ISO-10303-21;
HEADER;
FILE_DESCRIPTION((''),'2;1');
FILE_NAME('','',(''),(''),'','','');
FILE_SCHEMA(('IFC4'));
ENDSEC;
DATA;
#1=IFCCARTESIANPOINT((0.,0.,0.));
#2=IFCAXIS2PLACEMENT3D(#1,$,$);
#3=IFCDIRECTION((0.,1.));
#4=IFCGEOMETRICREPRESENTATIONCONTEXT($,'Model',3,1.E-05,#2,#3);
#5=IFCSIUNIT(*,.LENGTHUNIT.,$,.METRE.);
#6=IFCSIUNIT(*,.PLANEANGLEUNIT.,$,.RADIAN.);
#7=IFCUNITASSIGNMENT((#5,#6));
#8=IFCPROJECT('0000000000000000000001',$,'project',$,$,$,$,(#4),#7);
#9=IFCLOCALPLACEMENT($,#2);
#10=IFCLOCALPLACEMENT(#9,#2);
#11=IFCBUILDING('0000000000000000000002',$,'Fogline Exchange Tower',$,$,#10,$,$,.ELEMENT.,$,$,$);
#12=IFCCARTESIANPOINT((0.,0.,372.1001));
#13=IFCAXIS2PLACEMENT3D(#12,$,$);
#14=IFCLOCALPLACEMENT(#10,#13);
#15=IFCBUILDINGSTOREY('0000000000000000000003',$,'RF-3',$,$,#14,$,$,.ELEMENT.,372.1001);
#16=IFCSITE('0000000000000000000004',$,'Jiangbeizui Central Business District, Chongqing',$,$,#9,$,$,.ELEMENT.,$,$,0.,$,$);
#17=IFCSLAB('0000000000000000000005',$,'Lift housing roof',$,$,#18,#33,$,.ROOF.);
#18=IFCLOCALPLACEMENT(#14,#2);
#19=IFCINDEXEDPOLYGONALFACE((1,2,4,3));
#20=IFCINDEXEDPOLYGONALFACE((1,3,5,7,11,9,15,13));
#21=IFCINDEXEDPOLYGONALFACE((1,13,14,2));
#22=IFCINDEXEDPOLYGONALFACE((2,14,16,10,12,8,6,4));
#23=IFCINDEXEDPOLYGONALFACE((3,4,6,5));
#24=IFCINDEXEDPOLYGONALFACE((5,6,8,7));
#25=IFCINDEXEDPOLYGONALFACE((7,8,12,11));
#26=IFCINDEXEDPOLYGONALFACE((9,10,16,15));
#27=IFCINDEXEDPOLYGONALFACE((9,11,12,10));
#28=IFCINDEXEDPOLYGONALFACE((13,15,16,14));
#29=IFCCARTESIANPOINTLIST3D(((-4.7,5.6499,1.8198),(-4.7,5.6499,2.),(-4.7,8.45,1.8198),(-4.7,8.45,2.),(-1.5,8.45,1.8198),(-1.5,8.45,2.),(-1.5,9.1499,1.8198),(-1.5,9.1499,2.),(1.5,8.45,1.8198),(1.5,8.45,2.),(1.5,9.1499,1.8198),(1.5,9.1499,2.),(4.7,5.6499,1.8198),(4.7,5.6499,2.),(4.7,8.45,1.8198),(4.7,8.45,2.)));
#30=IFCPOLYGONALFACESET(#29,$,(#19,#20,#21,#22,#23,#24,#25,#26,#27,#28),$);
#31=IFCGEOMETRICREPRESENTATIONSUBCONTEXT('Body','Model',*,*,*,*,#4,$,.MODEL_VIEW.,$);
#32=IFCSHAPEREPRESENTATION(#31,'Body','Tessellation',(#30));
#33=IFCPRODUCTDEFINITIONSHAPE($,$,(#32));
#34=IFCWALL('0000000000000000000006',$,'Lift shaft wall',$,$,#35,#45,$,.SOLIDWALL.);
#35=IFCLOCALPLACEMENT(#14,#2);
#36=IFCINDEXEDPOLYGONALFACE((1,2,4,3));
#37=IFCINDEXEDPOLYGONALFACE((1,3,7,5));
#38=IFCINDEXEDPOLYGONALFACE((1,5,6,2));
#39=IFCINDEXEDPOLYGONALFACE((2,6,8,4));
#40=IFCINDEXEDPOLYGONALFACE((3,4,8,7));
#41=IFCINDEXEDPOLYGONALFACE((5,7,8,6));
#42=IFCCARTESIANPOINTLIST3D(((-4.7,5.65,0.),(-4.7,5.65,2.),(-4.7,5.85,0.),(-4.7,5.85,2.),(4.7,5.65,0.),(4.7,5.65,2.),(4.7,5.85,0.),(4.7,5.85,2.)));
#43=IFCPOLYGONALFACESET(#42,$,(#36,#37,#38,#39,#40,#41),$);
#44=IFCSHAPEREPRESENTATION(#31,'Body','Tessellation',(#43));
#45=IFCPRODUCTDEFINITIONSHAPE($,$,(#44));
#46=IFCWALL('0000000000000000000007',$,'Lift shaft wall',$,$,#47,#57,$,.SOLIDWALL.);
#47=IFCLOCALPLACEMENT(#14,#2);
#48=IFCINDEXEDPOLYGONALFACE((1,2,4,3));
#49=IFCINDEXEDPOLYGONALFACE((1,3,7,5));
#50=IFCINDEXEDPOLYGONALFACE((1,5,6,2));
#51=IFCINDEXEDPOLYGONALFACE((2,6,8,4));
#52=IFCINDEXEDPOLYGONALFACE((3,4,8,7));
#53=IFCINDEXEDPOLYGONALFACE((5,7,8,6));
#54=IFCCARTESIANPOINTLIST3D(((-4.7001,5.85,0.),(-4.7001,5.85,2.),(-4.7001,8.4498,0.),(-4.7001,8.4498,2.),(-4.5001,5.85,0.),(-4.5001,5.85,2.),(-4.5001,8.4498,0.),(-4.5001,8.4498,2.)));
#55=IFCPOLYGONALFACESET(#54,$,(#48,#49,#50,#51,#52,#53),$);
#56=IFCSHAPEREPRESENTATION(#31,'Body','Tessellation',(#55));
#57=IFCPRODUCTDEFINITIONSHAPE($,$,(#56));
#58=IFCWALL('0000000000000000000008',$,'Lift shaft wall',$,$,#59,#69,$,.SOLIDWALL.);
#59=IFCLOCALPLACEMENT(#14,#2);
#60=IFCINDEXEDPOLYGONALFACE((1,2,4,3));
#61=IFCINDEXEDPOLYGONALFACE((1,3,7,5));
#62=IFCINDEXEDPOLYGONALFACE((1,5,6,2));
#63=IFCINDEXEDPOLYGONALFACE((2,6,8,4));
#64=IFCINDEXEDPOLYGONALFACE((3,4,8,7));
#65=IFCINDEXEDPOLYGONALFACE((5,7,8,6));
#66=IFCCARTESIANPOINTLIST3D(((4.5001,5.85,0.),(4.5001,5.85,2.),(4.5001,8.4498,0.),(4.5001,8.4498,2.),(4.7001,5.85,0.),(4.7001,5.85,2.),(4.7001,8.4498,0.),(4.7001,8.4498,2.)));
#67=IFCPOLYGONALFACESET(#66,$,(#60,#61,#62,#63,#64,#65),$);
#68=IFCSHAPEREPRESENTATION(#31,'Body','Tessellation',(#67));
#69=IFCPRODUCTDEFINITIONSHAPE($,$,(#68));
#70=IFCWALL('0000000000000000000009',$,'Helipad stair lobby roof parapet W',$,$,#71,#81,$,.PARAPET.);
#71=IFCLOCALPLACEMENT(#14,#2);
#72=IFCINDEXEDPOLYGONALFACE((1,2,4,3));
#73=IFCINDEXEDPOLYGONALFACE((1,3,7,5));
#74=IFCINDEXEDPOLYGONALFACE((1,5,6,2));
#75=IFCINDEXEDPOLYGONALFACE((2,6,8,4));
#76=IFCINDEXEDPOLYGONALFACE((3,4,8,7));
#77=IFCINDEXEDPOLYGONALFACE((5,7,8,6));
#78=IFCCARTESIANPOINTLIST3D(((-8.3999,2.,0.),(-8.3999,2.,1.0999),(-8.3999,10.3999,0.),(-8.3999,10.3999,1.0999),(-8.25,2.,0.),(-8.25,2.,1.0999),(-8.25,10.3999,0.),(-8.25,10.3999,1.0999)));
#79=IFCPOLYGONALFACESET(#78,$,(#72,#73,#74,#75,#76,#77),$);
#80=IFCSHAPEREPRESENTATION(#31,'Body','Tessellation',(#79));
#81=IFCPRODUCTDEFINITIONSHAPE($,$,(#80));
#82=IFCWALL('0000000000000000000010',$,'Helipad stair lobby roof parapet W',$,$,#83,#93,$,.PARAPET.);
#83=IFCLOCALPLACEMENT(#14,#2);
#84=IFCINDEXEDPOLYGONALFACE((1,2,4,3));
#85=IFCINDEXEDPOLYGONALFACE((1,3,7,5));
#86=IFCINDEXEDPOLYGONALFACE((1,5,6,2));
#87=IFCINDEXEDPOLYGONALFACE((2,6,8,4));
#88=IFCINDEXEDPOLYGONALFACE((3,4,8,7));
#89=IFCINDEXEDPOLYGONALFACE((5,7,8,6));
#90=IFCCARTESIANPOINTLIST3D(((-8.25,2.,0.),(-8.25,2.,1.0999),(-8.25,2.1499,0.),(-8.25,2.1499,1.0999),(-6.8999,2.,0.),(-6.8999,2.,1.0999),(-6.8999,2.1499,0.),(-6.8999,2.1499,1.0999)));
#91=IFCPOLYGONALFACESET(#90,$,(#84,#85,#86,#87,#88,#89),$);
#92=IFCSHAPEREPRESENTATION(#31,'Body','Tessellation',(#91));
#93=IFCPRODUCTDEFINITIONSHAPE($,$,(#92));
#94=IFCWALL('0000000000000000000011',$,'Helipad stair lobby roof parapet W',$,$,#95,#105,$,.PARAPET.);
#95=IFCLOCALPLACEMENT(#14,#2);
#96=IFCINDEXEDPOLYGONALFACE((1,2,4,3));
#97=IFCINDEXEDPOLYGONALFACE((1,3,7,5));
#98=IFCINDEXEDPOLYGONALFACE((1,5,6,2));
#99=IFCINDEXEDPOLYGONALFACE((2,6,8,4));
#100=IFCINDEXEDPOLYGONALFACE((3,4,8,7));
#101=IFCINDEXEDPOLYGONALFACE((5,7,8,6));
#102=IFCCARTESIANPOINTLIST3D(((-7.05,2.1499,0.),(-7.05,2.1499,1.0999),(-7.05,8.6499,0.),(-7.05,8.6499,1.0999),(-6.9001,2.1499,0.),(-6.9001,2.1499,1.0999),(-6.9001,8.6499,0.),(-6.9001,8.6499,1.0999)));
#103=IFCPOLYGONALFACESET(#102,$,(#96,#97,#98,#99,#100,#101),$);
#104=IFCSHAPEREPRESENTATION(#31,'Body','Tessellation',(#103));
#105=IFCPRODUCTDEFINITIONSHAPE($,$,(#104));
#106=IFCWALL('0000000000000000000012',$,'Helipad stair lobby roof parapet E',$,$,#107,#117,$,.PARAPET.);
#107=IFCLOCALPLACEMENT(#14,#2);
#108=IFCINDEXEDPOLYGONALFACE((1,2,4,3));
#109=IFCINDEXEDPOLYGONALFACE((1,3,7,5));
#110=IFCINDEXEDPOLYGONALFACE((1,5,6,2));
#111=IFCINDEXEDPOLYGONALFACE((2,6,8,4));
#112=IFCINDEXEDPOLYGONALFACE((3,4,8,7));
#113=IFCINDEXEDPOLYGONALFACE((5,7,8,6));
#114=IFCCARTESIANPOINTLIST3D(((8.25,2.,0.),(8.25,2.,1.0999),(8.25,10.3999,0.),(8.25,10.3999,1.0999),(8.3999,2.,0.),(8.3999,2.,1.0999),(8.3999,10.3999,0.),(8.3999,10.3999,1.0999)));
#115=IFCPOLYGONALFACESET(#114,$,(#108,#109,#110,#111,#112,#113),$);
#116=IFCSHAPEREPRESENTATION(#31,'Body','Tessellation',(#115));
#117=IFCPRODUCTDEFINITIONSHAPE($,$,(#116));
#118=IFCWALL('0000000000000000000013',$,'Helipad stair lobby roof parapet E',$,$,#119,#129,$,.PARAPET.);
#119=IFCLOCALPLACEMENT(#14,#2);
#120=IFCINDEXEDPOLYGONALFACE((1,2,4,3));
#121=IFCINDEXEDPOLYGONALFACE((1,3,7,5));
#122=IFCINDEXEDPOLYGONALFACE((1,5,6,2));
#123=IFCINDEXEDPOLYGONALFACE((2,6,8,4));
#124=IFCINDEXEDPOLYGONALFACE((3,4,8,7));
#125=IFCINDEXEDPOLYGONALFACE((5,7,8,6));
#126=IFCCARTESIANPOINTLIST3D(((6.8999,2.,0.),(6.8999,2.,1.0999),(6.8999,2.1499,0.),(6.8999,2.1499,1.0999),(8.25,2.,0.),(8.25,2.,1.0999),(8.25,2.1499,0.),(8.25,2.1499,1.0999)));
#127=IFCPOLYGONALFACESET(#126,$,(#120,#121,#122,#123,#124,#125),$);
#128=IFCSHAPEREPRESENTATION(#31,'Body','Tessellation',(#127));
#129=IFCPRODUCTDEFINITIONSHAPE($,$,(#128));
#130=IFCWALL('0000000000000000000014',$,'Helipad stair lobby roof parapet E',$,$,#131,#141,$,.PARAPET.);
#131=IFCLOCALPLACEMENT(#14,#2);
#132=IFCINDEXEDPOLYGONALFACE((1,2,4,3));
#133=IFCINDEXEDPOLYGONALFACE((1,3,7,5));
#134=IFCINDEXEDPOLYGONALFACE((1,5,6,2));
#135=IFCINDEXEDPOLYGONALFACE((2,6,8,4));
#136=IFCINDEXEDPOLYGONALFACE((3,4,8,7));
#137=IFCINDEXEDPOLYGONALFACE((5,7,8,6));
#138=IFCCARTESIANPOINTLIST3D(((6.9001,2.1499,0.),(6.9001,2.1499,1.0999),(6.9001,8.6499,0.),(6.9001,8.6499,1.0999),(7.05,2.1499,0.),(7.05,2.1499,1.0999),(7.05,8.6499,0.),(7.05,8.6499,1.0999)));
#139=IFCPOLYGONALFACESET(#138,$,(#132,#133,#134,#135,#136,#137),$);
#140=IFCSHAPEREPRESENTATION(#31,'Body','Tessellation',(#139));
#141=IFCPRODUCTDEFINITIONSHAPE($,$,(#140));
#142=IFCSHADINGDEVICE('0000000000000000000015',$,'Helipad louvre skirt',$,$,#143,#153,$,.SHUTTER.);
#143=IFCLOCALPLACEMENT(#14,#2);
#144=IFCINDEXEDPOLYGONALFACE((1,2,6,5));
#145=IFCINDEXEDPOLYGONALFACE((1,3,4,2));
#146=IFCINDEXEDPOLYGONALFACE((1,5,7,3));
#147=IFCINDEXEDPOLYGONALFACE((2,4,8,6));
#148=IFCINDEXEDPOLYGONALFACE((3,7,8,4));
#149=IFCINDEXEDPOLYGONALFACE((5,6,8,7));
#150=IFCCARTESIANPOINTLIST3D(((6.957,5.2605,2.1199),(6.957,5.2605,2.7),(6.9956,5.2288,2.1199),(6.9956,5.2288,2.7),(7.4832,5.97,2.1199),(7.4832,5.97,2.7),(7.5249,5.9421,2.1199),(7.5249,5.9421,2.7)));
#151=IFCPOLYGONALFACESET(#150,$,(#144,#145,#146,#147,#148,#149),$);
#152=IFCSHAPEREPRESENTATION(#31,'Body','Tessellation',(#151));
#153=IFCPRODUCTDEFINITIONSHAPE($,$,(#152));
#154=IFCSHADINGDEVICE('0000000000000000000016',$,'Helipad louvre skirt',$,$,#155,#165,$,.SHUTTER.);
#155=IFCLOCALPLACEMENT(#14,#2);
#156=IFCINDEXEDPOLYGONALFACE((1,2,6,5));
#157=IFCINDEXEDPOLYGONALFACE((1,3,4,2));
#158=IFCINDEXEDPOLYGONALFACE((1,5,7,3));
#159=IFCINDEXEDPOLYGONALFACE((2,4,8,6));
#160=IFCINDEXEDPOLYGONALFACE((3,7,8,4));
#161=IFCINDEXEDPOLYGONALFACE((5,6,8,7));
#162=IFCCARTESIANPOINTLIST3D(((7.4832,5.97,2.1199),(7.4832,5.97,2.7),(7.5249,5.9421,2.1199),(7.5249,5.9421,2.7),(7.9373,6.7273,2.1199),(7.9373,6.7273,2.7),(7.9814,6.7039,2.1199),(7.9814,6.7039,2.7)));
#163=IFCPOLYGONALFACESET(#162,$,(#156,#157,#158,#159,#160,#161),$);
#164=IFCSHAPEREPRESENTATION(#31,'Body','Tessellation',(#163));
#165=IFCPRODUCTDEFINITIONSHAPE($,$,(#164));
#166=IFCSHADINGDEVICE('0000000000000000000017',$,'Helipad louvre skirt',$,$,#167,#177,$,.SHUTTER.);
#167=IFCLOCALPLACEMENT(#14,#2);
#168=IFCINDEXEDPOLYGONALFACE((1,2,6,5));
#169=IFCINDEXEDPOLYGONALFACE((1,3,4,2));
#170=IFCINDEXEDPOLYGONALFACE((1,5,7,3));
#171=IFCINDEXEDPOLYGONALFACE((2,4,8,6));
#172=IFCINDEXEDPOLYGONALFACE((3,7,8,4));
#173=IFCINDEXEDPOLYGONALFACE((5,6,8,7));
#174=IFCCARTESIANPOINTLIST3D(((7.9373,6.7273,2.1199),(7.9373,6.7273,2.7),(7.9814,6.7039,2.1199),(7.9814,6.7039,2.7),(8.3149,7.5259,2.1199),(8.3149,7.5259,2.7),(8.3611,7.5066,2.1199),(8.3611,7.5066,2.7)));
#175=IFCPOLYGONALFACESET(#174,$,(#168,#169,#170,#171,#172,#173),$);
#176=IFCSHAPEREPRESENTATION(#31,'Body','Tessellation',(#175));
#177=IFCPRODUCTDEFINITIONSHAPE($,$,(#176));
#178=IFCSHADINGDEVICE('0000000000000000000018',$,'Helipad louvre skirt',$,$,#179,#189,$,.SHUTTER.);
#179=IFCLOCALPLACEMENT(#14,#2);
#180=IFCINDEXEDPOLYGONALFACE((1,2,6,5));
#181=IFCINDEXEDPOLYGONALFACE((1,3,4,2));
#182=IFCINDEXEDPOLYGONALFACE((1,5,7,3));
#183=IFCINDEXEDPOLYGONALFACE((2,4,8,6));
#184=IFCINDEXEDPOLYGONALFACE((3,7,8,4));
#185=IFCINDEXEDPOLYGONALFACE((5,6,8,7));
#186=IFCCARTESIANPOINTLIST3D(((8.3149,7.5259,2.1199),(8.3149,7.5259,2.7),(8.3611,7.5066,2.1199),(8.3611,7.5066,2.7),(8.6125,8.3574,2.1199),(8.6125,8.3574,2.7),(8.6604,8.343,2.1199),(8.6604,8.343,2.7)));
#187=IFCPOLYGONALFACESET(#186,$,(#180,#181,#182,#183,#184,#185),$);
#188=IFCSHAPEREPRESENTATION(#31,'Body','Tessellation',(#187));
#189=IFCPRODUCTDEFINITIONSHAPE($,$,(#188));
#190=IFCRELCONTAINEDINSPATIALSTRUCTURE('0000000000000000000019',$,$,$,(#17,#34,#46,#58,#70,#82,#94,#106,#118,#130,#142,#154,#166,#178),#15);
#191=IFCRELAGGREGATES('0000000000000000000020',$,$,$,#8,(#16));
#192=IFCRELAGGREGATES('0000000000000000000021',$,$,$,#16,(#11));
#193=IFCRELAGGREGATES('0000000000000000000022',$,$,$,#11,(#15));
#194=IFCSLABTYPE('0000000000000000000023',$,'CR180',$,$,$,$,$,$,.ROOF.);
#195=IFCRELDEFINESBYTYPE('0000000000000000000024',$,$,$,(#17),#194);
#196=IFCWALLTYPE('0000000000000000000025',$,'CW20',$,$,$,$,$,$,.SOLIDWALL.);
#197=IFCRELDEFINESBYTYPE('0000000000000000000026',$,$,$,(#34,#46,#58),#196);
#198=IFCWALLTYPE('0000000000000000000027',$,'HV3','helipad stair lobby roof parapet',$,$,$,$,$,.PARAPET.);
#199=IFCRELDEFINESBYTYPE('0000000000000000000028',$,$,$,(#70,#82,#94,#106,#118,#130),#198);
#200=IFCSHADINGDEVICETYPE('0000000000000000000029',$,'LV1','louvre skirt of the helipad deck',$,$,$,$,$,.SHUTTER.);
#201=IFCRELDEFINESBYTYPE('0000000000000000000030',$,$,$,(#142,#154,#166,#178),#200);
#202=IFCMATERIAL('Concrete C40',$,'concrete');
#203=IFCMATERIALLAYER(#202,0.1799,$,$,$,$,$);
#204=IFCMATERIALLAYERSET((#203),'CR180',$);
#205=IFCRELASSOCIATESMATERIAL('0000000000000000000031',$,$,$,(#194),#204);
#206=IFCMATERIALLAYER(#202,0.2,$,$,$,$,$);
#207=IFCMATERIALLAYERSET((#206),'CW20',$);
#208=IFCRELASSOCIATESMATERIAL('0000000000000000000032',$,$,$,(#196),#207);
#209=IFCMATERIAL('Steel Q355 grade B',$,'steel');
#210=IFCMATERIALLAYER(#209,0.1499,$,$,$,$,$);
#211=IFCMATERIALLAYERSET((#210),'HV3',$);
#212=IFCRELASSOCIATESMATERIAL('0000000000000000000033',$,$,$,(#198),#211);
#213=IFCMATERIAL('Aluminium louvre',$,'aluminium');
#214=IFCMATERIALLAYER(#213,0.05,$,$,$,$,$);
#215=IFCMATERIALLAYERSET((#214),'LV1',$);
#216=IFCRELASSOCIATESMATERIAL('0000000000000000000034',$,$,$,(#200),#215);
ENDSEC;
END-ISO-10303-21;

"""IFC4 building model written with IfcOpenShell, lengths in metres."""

from ifc_helpers import new_model, si_unit, direction, frame, frame_2d, origin, place, context, subcontext, project, spatial, polyline, rectangle, outline, extrude, material, layer, layer_set, type_object, element, save


model = new_model("IFC4")

# Units and contexts
model_context = context("Model", 3, precision=1e-05, world=origin(), true_north=direction((0.0, 1.0)))
body_context = subcontext(model_context, "Body", "Model", "MODEL_VIEW")
ifc_project = project(units=[si_unit("LENGTHUNIT", "METRE"), si_unit("PLANEANGLEUNIT", "RADIAN")], contexts=[model_context])

# Site, building, storey
site_placement = place(None, origin())
site = spatial("IfcSite", under=ifc_project, at=site_placement, Name="Jiangbeizui Central Business District, Chongqing", CompositionType="ELEMENT", RefElevation=0.0)
building_placement = place(site_placement, origin())
building = spatial("IfcBuilding", under=site, at=building_placement, Name="Fogline Exchange Tower", CompositionType="ELEMENT")
storey_placement = place(building_placement, frame((0.0, 0.0, 372.1001)))
storey = spatial("IfcBuildingStorey", under=building, at=storey_placement, Name="RF-3", CompositionType="ELEMENT", Elevation=372.1001)

# Shared definitions
ifc_material_1 = material(Name="Steel Q355 grade B", Category="steel")

# Slab
ifc_material_2 = material(Name="Concrete C40", Category="concrete")
ifc_layer_1 = layer(ifc_material_2, 0.1799)
ifc_layer_set_1 = layer_set([ifc_layer_1], Name="CR180")
slab_type = type_object("IfcSlabType", Name="CR180", PredefinedType="ROOF", material=ifc_layer_set_1)
slab_placement = place(storey_placement, frame((0.0, 0.0, 1.8198)))
element("IfcSlab", 1, at=slab_placement, inside=storey, type_object=slab_type, Name="Lift housing roof", PredefinedType="ROOF", context=body_context, shape_type="SweptSolid", body=[
    extrude(outline(polyline([(-4.7, 5.6499), (4.7, 5.6499), (4.7, 8.45), (1.5, 8.45), (1.5, 9.1499), (-1.5, 9.1499), (-1.5, 8.45), (-4.7, 8.45), (-4.7, 5.6499)])), origin(), (0.0, 0.0, 1.0), 0.1802),
])

# Walls
ifc_layer_2 = layer(ifc_material_2, 0.2)
ifc_layer_set_2 = layer_set([ifc_layer_2], Name="CW20")
wall_type_1 = type_object("IfcWallType", Name="CW20", PredefinedType="SOLIDWALL", material=ifc_layer_set_2)
wall_1_placement = place(storey_placement, frame((-4.7, 5.75, 0.0), z_axis=(0.0, 0.0, 1.0), x_axis=(1.0, 0.0, 0.0)))
element("IfcWall", 2, at=wall_1_placement, inside=storey, type_object=wall_type_1, Name="Lift shaft wall", PredefinedType="SOLIDWALL", context=body_context, shape_type="SweptSolid", body=[
    extrude(rectangle(XDim=9.3999, YDim=0.2, at=frame_2d((4.7, 0.0))), origin(), (0.0, 0.0, 1.0), 2.0),
])
for number, where, z_axis, x_axis, name in (
    (3, (-4.6001, 5.8501, 0.0), (0.0, 0.0, 1.0), (0.0, 1.0, 0.0), "Lift shaft wall"),
    (4, (4.6001, 5.8501, 0.0), (0.0, 0.0, 1.0), (0.0, 1.0, 0.0), "Lift shaft wall"),
):
    element("IfcWall", number, at=place(storey_placement, frame(where, z_axis=z_axis, x_axis=x_axis)), inside=storey, type_object=wall_type_1, Name=name, PredefinedType="SOLIDWALL", context=body_context, shape_type="SweptSolid", body=[
        extrude(rectangle(XDim=2.5999, YDim=0.2, at=frame_2d((1.2998, 0.0))), origin(), (0.0, 0.0, 1.0), 2.0),
    ])
ifc_layer_3 = layer(ifc_material_1, 0.1499)
ifc_layer_set_3 = layer_set([ifc_layer_3], Name="HV3")
wall_type_2 = type_object("IfcWallType", Name="HV3", Description="helipad stair lobby roof parapet", PredefinedType="PARAPET", material=ifc_layer_set_3)
wall_2_placement = place(storey_placement, frame((-8.325, 2.0, 0.0), z_axis=(0.0, 0.0, 1.0), x_axis=(0.0, 1.0, 0.0)))
element("IfcWall", 5, at=wall_2_placement, inside=storey, type_object=wall_type_2, Name="Helipad stair lobby roof parapet W", PredefinedType="PARAPET", context=body_context, shape_type="SweptSolid", body=[
    extrude(rectangle(XDim=8.3999, YDim=0.1499, at=frame_2d((4.2, 0.0))), origin(), (0.0, 0.0, 1.0), 1.0999),
])
wall_3_placement = place(storey_placement, frame((-8.25, 2.075, 0.0), z_axis=(0.0, 0.0, 1.0), x_axis=(1.0, 0.0, 0.0)))
element("IfcWall", 6, at=wall_3_placement, inside=storey, type_object=wall_type_2, Name="Helipad stair lobby roof parapet W", PredefinedType="PARAPET", context=body_context, shape_type="SweptSolid", body=[
    extrude(rectangle(XDim=1.3501, YDim=0.1499, at=frame_2d((0.675, 0.0))), origin(), (0.0, 0.0, 1.0), 1.0999),
])
wall_4_placement = place(storey_placement, frame((-6.9751, 2.1499, 0.0), z_axis=(0.0, 0.0, 1.0), x_axis=(0.0, 1.0, 0.0)))
element("IfcWall", 7, at=wall_4_placement, inside=storey, type_object=wall_type_2, Name="Helipad stair lobby roof parapet W", PredefinedType="PARAPET", context=body_context, shape_type="SweptSolid", body=[
    extrude(rectangle(XDim=6.5, YDim=0.1499, at=frame_2d((3.25, 0.0))), origin(), (0.0, 0.0, 1.0), 1.0999),
])
wall_5_placement = place(storey_placement, frame((8.325, 2.0, 0.0), z_axis=(0.0, 0.0, 1.0), x_axis=(0.0, 1.0, 0.0)))
element("IfcWall", 8, at=wall_5_placement, inside=storey, type_object=wall_type_2, Name="Helipad stair lobby roof parapet E", PredefinedType="PARAPET", context=body_context, shape_type="SweptSolid", body=[
    extrude(rectangle(XDim=8.3999, YDim=0.1499, at=frame_2d((4.2, 0.0))), origin(), (0.0, 0.0, 1.0), 1.0999),
])
wall_6_placement = place(storey_placement, frame((8.25, 2.075, 0.0), z_axis=(0.0, 0.0, 1.0), x_axis=(-1.0, 0.0, 0.0)))
element("IfcWall", 9, at=wall_6_placement, inside=storey, type_object=wall_type_2, Name="Helipad stair lobby roof parapet E", PredefinedType="PARAPET", context=body_context, shape_type="SweptSolid", body=[
    extrude(rectangle(XDim=1.3501, YDim=0.1499, at=frame_2d((0.675, 0.0))), origin(), (0.0, 0.0, 1.0), 1.0999),
])
wall_7_placement = place(storey_placement, frame((6.9751, 2.1499, 0.0), z_axis=(0.0, 0.0, 1.0), x_axis=(0.0, 1.0, 0.0)))
element("IfcWall", 10, at=wall_7_placement, inside=storey, type_object=wall_type_2, Name="Helipad stair lobby roof parapet E", PredefinedType="PARAPET", context=body_context, shape_type="SweptSolid", body=[
    extrude(rectangle(XDim=6.5, YDim=0.1499, at=frame_2d((3.25, 0.0))), origin(), (0.0, 0.0, 1.0), 1.0999),
])

# Shading devices
ifc_material_3 = material(Name="Aluminium louvre", Category="aluminium")
ifc_layer_4 = layer(ifc_material_3, 0.05)
ifc_layer_set_4 = layer_set([ifc_layer_4], Name="LV1")
shading_device_type = type_object("IfcShadingDeviceType", Name="LV1", Description="louvre skirt of the helipad deck", PredefinedType="SHUTTER", material=ifc_layer_set_4)
shading_device_1_placement = place(storey_placement, frame((0.0, 0.0, 2.1199)))
element("IfcShadingDevice", 11, at=shading_device_1_placement, inside=storey, type_object=shading_device_type, Name="Helipad louvre skirt", PredefinedType="SHUTTER", context=body_context, shape_type="SweptSolid", body=[
    extrude(outline(polyline([(6.957, 5.2605), (6.9956, 5.2288), (7.5249, 5.9421), (7.4832, 5.97), (6.957, 5.2605)])), origin(), (0.0, 0.0, 1.0), 0.5801),
])
shading_device_2_placement = place(storey_placement, frame((0.0, 0.0, 2.1199)))
element("IfcShadingDevice", 12, at=shading_device_2_placement, inside=storey, type_object=shading_device_type, Name="Helipad louvre skirt", PredefinedType="SHUTTER", context=body_context, shape_type="SweptSolid", body=[
    extrude(outline(polyline([(7.4832, 5.97), (7.5249, 5.9421), (7.9814, 6.7039), (7.9373, 6.7273), (7.4832, 5.97)])), origin(), (0.0, 0.0, 1.0), 0.5801),
])
shading_device_3_placement = place(storey_placement, frame((0.0, 0.0, 2.1199)))
element("IfcShadingDevice", 13, at=shading_device_3_placement, inside=storey, type_object=shading_device_type, Name="Helipad louvre skirt", PredefinedType="SHUTTER", context=body_context, shape_type="SweptSolid", body=[
    extrude(outline(polyline([(7.9373, 6.7273), (7.9814, 6.7039), (8.3611, 7.5066), (8.3149, 7.5259), (7.9373, 6.7273)])), origin(), (0.0, 0.0, 1.0), 0.5801),
])
shading_device_4_placement = place(storey_placement, frame((0.0, 0.0, 2.1199)))
element("IfcShadingDevice", 14, at=shading_device_4_placement, inside=storey, type_object=shading_device_type, Name="Helipad louvre skirt", PredefinedType="SHUTTER", context=body_context, shape_type="SweptSolid", body=[
    extrude(outline(polyline([(8.3149, 7.5259), (8.3611, 7.5066), (8.6604, 8.343), (8.6125, 8.3574), (8.3149, 7.5259)])), origin(), (0.0, 0.0, 1.0), 0.5801),
])

save(model, "model.ifc")
